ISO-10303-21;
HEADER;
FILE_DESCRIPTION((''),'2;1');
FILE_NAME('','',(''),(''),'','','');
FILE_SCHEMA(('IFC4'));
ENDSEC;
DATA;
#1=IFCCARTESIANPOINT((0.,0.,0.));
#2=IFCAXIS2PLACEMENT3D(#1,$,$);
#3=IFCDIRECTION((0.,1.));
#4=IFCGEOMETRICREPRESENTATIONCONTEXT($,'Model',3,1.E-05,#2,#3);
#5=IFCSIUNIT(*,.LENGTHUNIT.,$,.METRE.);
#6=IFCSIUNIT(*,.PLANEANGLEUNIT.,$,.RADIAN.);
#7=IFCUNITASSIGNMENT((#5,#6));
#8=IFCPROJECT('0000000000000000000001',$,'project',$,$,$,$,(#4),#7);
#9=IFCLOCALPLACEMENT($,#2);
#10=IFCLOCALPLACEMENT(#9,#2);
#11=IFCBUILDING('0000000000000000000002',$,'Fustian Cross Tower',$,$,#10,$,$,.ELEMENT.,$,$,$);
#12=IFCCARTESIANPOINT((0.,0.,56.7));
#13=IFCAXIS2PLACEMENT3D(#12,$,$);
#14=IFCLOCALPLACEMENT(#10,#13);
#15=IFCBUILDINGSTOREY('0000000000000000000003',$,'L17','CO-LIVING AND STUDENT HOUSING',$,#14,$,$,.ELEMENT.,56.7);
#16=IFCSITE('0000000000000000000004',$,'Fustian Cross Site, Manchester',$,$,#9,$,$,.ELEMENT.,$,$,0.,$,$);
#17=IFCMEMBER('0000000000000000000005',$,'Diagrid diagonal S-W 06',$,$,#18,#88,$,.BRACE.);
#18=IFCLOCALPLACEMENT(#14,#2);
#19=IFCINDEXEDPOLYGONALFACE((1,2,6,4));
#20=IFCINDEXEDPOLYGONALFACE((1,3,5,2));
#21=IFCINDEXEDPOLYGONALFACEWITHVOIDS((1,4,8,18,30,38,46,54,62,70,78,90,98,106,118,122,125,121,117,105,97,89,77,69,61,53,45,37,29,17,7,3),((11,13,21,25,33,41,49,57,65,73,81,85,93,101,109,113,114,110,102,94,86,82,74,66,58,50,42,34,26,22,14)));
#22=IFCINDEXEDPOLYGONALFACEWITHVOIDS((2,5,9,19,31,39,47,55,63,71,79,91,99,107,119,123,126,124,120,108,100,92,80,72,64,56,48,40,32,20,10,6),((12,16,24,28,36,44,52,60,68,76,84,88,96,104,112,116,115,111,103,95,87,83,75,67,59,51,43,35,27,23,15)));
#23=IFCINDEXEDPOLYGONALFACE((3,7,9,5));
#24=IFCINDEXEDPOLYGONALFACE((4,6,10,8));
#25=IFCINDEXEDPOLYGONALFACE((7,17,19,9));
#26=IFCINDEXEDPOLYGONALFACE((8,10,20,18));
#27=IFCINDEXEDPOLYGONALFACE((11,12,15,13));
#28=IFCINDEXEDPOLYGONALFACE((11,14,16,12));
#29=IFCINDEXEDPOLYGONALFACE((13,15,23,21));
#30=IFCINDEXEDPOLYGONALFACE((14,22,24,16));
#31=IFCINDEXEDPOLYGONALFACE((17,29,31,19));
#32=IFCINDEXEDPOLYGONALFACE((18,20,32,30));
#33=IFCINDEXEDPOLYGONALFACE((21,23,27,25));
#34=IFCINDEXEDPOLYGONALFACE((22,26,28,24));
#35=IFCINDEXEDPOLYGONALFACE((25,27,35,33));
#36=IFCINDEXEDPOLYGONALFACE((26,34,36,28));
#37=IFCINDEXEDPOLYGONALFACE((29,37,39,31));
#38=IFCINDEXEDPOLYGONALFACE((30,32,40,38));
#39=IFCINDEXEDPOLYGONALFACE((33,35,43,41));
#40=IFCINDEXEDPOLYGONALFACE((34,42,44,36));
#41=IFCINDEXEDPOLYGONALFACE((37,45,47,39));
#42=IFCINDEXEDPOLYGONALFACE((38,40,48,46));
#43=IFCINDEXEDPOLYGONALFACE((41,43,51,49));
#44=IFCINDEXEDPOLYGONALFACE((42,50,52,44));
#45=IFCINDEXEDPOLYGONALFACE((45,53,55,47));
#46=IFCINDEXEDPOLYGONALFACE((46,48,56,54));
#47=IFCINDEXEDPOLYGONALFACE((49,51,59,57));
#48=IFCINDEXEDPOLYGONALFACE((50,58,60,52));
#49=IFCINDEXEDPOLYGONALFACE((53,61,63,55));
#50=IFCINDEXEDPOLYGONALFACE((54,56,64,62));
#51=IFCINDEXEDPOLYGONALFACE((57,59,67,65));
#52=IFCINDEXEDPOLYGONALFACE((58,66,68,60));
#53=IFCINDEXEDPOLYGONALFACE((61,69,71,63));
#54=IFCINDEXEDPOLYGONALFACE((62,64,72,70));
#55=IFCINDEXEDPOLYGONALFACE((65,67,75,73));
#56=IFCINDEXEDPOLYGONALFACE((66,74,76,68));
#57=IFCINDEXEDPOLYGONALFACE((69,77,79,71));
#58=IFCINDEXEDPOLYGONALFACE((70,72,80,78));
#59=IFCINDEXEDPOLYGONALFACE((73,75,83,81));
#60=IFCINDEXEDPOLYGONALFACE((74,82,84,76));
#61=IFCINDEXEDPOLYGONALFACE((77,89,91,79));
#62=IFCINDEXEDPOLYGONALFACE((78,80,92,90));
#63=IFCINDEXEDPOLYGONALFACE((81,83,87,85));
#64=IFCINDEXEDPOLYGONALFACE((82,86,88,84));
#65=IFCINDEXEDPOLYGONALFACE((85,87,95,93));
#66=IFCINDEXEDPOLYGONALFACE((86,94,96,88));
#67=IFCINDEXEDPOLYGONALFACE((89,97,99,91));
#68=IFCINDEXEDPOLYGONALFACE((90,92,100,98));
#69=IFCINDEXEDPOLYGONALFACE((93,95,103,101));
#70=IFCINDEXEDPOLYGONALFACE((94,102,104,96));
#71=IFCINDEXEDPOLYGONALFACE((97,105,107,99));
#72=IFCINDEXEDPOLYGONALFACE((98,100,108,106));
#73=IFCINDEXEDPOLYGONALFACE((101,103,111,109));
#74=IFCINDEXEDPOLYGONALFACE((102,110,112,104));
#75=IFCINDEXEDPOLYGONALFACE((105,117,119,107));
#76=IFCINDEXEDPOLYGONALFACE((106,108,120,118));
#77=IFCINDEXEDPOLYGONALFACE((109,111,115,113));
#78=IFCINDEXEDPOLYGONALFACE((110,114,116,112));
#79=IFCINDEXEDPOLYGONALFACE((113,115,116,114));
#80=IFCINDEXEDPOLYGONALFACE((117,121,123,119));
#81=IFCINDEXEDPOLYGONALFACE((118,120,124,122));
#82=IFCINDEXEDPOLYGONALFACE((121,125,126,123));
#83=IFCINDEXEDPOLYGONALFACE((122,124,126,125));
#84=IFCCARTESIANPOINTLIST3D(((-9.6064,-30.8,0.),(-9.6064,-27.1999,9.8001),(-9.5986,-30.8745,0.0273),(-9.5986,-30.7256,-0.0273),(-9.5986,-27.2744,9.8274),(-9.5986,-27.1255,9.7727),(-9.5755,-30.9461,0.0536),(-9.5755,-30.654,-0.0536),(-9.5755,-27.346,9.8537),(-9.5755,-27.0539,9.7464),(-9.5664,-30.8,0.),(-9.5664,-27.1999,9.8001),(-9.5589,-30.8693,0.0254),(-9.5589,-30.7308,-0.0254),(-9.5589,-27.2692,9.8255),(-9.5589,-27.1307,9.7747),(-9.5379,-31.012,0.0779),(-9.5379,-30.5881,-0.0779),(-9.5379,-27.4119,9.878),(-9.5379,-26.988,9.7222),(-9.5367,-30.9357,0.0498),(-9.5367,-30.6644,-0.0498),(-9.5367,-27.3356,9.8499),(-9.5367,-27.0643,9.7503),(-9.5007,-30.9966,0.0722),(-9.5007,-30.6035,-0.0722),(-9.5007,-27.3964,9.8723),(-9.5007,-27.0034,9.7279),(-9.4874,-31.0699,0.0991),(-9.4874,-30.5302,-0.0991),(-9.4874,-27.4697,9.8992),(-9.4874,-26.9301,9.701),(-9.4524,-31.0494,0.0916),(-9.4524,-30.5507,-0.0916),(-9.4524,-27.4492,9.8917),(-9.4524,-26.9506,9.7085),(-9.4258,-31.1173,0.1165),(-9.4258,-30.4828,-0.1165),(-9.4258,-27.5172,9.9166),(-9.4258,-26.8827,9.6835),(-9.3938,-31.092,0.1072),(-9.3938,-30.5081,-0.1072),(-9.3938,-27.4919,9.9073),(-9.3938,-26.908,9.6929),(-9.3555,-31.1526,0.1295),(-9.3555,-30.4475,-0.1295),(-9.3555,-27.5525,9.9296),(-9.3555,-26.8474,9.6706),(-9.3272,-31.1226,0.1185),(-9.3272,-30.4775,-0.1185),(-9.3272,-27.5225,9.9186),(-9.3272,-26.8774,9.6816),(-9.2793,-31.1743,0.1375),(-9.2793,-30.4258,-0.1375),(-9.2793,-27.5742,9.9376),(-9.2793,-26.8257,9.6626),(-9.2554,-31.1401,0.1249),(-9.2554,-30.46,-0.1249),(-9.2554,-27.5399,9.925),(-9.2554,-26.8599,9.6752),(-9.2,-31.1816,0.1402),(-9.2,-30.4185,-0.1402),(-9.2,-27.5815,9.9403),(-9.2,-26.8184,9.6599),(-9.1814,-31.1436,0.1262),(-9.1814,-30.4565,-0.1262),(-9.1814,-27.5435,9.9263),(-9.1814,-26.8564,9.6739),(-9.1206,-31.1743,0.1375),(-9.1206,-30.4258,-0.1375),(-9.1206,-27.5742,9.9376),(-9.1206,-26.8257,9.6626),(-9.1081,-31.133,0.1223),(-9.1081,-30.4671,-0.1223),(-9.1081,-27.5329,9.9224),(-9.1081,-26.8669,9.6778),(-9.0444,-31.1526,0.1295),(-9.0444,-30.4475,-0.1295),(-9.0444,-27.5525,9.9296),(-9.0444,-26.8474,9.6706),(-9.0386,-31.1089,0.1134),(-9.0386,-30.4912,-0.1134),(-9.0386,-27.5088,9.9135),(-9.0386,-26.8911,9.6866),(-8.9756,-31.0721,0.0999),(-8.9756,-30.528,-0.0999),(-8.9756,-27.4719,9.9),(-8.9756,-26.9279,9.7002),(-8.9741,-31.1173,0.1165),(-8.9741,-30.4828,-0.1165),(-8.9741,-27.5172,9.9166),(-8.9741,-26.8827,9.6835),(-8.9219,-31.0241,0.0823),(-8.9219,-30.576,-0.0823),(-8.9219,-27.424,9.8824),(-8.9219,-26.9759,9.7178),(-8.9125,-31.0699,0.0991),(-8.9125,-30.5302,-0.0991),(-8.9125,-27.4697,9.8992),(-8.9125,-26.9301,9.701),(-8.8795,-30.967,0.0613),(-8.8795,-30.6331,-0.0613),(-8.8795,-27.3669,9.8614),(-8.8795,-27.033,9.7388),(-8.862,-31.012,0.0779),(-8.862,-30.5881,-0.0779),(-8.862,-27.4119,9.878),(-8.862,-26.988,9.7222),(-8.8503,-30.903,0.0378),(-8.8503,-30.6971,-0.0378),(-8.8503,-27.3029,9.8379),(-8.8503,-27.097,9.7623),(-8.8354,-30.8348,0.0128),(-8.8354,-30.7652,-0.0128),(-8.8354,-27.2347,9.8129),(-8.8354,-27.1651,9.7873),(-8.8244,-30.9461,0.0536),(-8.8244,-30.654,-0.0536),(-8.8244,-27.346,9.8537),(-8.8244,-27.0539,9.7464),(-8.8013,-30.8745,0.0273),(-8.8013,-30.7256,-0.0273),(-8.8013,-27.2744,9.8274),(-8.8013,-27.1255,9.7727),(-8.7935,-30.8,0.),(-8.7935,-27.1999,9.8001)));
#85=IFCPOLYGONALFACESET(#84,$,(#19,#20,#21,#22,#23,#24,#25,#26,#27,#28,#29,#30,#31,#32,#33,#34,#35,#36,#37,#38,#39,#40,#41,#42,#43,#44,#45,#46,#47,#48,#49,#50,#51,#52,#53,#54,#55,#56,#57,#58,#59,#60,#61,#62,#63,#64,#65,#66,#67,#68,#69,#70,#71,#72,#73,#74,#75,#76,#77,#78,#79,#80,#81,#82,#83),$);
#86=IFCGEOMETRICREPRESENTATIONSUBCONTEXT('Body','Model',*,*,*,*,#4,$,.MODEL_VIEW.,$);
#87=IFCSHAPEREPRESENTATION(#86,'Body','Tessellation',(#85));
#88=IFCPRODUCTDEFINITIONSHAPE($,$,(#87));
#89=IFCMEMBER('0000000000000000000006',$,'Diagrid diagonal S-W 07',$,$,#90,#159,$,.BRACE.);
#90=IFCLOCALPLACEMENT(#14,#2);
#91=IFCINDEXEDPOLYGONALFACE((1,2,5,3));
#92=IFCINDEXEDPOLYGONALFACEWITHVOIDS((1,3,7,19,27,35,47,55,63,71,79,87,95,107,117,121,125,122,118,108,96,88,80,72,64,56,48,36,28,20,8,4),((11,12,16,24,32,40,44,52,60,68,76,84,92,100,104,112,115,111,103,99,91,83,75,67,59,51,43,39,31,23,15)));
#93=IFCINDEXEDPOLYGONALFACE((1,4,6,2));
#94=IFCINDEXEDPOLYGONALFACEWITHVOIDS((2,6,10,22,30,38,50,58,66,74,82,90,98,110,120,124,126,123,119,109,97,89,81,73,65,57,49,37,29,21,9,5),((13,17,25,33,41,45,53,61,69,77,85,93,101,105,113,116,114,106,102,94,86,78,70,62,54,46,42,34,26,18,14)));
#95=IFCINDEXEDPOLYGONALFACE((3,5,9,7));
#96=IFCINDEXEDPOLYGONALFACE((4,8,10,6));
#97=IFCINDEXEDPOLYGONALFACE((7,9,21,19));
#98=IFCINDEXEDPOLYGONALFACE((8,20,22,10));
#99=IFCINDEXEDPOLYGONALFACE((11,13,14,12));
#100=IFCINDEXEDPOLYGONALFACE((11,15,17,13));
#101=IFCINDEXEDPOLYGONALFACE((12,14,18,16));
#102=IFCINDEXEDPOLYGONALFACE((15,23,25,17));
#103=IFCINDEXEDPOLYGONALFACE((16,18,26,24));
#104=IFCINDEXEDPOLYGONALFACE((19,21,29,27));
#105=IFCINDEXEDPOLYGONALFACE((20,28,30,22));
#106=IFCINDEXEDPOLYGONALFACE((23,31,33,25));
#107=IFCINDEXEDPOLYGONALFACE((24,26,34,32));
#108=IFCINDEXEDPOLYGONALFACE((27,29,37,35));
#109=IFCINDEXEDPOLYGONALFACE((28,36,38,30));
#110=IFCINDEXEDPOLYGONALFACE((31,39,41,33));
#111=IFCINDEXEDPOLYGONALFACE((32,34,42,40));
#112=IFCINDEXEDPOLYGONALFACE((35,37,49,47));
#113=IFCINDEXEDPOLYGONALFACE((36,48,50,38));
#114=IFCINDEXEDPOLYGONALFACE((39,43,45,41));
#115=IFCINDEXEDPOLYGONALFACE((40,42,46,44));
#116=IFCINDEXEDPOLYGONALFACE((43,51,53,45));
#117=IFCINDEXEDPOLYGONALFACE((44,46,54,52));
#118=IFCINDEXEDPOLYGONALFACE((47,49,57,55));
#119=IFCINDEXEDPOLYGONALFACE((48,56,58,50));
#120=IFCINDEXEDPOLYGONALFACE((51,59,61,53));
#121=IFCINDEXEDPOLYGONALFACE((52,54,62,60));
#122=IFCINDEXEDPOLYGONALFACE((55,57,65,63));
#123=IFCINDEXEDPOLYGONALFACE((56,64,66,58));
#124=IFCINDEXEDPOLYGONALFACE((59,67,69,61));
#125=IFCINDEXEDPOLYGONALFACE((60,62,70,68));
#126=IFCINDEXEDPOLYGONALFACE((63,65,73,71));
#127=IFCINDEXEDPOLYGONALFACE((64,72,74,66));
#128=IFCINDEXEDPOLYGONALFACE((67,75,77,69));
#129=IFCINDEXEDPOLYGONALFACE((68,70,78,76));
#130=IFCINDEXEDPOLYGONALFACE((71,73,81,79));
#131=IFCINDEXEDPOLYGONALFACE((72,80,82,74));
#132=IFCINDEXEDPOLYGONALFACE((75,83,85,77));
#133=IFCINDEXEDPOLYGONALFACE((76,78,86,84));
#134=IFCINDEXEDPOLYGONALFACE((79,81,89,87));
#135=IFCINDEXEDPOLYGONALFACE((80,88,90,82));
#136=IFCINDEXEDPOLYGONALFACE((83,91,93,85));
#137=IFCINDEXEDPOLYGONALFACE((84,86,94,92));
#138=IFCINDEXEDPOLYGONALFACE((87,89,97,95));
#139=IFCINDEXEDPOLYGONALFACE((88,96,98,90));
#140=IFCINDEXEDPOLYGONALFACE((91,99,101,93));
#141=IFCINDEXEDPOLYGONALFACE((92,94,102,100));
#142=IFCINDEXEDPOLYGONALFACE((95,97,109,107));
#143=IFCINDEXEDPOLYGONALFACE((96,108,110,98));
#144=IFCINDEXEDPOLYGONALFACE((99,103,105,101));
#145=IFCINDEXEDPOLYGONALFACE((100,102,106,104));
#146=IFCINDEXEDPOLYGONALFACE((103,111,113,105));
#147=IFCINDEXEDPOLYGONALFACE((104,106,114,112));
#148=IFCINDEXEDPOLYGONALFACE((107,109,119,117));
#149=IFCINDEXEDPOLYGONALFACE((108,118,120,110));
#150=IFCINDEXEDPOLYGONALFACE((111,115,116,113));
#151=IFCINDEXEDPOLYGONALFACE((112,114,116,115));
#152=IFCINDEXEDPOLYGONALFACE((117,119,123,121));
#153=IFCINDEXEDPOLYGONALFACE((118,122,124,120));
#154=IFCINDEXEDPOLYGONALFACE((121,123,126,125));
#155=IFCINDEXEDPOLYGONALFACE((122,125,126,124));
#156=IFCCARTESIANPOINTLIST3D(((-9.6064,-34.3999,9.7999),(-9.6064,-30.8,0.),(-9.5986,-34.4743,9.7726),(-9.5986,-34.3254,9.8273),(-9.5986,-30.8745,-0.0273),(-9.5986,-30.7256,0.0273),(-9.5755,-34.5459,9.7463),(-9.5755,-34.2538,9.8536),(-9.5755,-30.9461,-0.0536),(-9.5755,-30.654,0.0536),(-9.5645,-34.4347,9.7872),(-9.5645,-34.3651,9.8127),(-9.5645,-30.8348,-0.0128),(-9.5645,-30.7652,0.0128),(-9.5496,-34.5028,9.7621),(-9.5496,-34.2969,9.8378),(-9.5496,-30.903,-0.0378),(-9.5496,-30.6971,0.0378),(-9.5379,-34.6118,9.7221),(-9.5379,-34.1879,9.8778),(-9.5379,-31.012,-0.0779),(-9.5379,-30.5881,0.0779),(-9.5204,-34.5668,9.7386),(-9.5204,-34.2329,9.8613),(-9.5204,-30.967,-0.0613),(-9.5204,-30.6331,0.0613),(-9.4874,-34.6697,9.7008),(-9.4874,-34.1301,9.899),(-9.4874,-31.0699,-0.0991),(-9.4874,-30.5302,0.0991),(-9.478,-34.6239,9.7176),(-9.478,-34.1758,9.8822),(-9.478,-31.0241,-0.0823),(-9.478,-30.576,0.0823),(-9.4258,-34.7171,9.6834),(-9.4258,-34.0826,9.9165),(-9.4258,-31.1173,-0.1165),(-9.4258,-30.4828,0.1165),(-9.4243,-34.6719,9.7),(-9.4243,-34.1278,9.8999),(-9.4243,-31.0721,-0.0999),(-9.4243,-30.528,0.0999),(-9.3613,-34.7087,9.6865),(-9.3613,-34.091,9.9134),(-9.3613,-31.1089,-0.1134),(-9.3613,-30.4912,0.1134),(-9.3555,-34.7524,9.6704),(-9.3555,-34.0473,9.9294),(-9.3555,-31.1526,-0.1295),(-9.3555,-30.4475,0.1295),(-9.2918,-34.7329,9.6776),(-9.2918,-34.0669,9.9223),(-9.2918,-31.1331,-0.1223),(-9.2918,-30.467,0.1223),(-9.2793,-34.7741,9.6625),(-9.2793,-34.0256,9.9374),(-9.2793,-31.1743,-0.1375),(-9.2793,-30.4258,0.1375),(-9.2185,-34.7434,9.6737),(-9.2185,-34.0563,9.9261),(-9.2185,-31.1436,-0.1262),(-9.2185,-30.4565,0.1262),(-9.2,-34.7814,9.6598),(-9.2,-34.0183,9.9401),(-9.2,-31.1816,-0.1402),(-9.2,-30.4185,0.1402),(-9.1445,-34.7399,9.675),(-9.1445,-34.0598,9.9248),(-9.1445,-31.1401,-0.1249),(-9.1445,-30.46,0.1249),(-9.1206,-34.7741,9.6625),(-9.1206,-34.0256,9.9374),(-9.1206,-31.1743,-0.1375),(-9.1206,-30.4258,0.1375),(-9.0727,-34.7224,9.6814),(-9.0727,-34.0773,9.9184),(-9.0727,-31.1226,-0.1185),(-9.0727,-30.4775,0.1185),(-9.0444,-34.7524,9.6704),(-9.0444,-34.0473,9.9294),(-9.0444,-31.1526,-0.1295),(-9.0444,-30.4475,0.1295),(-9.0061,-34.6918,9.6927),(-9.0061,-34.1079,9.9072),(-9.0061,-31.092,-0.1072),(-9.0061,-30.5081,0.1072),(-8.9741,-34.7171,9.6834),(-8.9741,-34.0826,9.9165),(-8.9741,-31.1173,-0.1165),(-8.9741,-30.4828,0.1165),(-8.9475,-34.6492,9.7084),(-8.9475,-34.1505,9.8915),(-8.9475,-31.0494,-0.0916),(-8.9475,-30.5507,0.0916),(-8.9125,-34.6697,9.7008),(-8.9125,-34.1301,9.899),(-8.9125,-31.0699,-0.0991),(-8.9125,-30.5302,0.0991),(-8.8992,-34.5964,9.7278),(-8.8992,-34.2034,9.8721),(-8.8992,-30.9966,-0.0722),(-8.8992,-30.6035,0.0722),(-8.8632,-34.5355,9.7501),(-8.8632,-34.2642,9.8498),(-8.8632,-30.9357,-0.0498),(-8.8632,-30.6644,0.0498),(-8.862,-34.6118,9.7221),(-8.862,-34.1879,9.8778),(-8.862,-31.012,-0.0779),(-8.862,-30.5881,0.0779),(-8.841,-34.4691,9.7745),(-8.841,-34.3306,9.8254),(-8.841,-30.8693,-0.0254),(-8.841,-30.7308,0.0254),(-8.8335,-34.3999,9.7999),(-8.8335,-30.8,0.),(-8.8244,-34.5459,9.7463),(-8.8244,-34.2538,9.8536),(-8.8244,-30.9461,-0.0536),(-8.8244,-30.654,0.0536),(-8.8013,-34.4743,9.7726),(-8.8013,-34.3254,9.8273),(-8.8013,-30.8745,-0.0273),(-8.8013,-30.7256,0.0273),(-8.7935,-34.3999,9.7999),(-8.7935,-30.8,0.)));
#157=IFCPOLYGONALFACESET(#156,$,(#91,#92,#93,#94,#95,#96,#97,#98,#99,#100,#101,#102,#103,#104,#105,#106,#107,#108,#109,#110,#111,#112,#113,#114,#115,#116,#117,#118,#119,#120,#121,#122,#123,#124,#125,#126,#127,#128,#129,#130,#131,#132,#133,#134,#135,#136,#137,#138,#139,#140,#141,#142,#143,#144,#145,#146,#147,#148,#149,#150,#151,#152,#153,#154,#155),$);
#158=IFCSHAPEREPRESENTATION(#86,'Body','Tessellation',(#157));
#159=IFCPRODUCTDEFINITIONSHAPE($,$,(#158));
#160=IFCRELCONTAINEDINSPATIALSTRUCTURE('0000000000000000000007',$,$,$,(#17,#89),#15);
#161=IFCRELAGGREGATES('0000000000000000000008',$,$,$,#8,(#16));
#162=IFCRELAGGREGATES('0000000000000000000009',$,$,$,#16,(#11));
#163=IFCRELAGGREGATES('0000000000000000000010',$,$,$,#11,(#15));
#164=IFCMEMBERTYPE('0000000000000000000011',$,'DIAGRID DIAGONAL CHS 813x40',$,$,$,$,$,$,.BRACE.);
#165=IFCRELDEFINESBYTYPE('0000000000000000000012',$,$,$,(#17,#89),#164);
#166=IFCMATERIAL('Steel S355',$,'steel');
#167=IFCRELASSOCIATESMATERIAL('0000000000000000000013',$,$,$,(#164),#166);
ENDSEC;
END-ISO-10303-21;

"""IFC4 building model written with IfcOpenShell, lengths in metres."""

from ifc_helpers import new_model, si_unit, direction, frame, origin, origin_2d, place, context, subcontext, project, spatial, hollow_circle, extrude, material, material_profile, profile_set, type_object, element, save


model = new_model("IFC4")

# Units and contexts
model_context = context("Model", 3, precision=1e-05, world=origin(), true_north=direction((0.0, 1.0)))
body_context = subcontext(model_context, "Body", "Model", "MODEL_VIEW")
ifc_project = project(units=[si_unit("LENGTHUNIT", "METRE"), si_unit("PLANEANGLEUNIT", "RADIAN")], contexts=[model_context])

# Site, building, storey
site_placement = place(None, origin())
site = spatial("IfcSite", under=ifc_project, at=site_placement, Name="Fustian Cross Site, Manchester", CompositionType="ELEMENT", RefElevation=0.0)
building_placement = place(site_placement, origin())
building = spatial("IfcBuilding", under=site, at=building_placement, Name="Fustian Cross Tower", CompositionType="ELEMENT")
storey_placement = place(building_placement, frame((0.0, 0.0, 56.7)))
storey = spatial("IfcBuildingStorey", under=building, at=storey_placement, Name="L17", Description="CO-LIVING AND STUDENT HOUSING", CompositionType="ELEMENT", Elevation=56.7)

# Members
ifc_material_1 = material(Name="Steel S355", Category="steel")
ifc_material_profile_1 = material_profile(ifc_material_1, hollow_circle(Radius=0.4065, WallThickness=0.04, at=origin_2d()), Name="CHS 813x40")
ifc_profile_set_1 = profile_set([ifc_material_profile_1], Name="Steel S355")
member_type_1 = type_object("IfcMemberType", Name="DIAGRID DIAGONAL CHS 813x40", PredefinedType="BRACE", material=ifc_profile_set_1)
member_1_placement = place(storey_placement, frame((-9.2, -30.8, 0.0), z_axis=(0.0, 0.344824, 0.938667), x_axis=(-1.0, 0.0, 0.0)))
element("IfcMember", 1, at=member_1_placement, inside=storey, type_object=member_type_1, Name="Diagrid diagonal S-W 06", PredefinedType="BRACE", context=body_context, shape_type="SweptSolid", body=[
    extrude(hollow_circle(Radius=0.4065, WallThickness=0.04, at=origin_2d()), origin(), (0.0, 0.0, 1.0), 10.4404),
])
member_2_placement = place(storey_placement, frame((-9.2, -30.8, 0.0), z_axis=(0.0, -0.344804, 0.938675), x_axis=(1.0, 0.0, 0.0)))
element("IfcMember", 2, at=member_2_placement, inside=storey, type_object=member_type_1, Name="Diagrid diagonal S-W 07", PredefinedType="BRACE", context=body_context, shape_type="SweptSolid", body=[
    extrude(hollow_circle(Radius=0.4065, WallThickness=0.04, at=origin_2d()), origin(), (0.0, 0.0, 1.0), 10.4402),
])

save(model, "model.ifc")
